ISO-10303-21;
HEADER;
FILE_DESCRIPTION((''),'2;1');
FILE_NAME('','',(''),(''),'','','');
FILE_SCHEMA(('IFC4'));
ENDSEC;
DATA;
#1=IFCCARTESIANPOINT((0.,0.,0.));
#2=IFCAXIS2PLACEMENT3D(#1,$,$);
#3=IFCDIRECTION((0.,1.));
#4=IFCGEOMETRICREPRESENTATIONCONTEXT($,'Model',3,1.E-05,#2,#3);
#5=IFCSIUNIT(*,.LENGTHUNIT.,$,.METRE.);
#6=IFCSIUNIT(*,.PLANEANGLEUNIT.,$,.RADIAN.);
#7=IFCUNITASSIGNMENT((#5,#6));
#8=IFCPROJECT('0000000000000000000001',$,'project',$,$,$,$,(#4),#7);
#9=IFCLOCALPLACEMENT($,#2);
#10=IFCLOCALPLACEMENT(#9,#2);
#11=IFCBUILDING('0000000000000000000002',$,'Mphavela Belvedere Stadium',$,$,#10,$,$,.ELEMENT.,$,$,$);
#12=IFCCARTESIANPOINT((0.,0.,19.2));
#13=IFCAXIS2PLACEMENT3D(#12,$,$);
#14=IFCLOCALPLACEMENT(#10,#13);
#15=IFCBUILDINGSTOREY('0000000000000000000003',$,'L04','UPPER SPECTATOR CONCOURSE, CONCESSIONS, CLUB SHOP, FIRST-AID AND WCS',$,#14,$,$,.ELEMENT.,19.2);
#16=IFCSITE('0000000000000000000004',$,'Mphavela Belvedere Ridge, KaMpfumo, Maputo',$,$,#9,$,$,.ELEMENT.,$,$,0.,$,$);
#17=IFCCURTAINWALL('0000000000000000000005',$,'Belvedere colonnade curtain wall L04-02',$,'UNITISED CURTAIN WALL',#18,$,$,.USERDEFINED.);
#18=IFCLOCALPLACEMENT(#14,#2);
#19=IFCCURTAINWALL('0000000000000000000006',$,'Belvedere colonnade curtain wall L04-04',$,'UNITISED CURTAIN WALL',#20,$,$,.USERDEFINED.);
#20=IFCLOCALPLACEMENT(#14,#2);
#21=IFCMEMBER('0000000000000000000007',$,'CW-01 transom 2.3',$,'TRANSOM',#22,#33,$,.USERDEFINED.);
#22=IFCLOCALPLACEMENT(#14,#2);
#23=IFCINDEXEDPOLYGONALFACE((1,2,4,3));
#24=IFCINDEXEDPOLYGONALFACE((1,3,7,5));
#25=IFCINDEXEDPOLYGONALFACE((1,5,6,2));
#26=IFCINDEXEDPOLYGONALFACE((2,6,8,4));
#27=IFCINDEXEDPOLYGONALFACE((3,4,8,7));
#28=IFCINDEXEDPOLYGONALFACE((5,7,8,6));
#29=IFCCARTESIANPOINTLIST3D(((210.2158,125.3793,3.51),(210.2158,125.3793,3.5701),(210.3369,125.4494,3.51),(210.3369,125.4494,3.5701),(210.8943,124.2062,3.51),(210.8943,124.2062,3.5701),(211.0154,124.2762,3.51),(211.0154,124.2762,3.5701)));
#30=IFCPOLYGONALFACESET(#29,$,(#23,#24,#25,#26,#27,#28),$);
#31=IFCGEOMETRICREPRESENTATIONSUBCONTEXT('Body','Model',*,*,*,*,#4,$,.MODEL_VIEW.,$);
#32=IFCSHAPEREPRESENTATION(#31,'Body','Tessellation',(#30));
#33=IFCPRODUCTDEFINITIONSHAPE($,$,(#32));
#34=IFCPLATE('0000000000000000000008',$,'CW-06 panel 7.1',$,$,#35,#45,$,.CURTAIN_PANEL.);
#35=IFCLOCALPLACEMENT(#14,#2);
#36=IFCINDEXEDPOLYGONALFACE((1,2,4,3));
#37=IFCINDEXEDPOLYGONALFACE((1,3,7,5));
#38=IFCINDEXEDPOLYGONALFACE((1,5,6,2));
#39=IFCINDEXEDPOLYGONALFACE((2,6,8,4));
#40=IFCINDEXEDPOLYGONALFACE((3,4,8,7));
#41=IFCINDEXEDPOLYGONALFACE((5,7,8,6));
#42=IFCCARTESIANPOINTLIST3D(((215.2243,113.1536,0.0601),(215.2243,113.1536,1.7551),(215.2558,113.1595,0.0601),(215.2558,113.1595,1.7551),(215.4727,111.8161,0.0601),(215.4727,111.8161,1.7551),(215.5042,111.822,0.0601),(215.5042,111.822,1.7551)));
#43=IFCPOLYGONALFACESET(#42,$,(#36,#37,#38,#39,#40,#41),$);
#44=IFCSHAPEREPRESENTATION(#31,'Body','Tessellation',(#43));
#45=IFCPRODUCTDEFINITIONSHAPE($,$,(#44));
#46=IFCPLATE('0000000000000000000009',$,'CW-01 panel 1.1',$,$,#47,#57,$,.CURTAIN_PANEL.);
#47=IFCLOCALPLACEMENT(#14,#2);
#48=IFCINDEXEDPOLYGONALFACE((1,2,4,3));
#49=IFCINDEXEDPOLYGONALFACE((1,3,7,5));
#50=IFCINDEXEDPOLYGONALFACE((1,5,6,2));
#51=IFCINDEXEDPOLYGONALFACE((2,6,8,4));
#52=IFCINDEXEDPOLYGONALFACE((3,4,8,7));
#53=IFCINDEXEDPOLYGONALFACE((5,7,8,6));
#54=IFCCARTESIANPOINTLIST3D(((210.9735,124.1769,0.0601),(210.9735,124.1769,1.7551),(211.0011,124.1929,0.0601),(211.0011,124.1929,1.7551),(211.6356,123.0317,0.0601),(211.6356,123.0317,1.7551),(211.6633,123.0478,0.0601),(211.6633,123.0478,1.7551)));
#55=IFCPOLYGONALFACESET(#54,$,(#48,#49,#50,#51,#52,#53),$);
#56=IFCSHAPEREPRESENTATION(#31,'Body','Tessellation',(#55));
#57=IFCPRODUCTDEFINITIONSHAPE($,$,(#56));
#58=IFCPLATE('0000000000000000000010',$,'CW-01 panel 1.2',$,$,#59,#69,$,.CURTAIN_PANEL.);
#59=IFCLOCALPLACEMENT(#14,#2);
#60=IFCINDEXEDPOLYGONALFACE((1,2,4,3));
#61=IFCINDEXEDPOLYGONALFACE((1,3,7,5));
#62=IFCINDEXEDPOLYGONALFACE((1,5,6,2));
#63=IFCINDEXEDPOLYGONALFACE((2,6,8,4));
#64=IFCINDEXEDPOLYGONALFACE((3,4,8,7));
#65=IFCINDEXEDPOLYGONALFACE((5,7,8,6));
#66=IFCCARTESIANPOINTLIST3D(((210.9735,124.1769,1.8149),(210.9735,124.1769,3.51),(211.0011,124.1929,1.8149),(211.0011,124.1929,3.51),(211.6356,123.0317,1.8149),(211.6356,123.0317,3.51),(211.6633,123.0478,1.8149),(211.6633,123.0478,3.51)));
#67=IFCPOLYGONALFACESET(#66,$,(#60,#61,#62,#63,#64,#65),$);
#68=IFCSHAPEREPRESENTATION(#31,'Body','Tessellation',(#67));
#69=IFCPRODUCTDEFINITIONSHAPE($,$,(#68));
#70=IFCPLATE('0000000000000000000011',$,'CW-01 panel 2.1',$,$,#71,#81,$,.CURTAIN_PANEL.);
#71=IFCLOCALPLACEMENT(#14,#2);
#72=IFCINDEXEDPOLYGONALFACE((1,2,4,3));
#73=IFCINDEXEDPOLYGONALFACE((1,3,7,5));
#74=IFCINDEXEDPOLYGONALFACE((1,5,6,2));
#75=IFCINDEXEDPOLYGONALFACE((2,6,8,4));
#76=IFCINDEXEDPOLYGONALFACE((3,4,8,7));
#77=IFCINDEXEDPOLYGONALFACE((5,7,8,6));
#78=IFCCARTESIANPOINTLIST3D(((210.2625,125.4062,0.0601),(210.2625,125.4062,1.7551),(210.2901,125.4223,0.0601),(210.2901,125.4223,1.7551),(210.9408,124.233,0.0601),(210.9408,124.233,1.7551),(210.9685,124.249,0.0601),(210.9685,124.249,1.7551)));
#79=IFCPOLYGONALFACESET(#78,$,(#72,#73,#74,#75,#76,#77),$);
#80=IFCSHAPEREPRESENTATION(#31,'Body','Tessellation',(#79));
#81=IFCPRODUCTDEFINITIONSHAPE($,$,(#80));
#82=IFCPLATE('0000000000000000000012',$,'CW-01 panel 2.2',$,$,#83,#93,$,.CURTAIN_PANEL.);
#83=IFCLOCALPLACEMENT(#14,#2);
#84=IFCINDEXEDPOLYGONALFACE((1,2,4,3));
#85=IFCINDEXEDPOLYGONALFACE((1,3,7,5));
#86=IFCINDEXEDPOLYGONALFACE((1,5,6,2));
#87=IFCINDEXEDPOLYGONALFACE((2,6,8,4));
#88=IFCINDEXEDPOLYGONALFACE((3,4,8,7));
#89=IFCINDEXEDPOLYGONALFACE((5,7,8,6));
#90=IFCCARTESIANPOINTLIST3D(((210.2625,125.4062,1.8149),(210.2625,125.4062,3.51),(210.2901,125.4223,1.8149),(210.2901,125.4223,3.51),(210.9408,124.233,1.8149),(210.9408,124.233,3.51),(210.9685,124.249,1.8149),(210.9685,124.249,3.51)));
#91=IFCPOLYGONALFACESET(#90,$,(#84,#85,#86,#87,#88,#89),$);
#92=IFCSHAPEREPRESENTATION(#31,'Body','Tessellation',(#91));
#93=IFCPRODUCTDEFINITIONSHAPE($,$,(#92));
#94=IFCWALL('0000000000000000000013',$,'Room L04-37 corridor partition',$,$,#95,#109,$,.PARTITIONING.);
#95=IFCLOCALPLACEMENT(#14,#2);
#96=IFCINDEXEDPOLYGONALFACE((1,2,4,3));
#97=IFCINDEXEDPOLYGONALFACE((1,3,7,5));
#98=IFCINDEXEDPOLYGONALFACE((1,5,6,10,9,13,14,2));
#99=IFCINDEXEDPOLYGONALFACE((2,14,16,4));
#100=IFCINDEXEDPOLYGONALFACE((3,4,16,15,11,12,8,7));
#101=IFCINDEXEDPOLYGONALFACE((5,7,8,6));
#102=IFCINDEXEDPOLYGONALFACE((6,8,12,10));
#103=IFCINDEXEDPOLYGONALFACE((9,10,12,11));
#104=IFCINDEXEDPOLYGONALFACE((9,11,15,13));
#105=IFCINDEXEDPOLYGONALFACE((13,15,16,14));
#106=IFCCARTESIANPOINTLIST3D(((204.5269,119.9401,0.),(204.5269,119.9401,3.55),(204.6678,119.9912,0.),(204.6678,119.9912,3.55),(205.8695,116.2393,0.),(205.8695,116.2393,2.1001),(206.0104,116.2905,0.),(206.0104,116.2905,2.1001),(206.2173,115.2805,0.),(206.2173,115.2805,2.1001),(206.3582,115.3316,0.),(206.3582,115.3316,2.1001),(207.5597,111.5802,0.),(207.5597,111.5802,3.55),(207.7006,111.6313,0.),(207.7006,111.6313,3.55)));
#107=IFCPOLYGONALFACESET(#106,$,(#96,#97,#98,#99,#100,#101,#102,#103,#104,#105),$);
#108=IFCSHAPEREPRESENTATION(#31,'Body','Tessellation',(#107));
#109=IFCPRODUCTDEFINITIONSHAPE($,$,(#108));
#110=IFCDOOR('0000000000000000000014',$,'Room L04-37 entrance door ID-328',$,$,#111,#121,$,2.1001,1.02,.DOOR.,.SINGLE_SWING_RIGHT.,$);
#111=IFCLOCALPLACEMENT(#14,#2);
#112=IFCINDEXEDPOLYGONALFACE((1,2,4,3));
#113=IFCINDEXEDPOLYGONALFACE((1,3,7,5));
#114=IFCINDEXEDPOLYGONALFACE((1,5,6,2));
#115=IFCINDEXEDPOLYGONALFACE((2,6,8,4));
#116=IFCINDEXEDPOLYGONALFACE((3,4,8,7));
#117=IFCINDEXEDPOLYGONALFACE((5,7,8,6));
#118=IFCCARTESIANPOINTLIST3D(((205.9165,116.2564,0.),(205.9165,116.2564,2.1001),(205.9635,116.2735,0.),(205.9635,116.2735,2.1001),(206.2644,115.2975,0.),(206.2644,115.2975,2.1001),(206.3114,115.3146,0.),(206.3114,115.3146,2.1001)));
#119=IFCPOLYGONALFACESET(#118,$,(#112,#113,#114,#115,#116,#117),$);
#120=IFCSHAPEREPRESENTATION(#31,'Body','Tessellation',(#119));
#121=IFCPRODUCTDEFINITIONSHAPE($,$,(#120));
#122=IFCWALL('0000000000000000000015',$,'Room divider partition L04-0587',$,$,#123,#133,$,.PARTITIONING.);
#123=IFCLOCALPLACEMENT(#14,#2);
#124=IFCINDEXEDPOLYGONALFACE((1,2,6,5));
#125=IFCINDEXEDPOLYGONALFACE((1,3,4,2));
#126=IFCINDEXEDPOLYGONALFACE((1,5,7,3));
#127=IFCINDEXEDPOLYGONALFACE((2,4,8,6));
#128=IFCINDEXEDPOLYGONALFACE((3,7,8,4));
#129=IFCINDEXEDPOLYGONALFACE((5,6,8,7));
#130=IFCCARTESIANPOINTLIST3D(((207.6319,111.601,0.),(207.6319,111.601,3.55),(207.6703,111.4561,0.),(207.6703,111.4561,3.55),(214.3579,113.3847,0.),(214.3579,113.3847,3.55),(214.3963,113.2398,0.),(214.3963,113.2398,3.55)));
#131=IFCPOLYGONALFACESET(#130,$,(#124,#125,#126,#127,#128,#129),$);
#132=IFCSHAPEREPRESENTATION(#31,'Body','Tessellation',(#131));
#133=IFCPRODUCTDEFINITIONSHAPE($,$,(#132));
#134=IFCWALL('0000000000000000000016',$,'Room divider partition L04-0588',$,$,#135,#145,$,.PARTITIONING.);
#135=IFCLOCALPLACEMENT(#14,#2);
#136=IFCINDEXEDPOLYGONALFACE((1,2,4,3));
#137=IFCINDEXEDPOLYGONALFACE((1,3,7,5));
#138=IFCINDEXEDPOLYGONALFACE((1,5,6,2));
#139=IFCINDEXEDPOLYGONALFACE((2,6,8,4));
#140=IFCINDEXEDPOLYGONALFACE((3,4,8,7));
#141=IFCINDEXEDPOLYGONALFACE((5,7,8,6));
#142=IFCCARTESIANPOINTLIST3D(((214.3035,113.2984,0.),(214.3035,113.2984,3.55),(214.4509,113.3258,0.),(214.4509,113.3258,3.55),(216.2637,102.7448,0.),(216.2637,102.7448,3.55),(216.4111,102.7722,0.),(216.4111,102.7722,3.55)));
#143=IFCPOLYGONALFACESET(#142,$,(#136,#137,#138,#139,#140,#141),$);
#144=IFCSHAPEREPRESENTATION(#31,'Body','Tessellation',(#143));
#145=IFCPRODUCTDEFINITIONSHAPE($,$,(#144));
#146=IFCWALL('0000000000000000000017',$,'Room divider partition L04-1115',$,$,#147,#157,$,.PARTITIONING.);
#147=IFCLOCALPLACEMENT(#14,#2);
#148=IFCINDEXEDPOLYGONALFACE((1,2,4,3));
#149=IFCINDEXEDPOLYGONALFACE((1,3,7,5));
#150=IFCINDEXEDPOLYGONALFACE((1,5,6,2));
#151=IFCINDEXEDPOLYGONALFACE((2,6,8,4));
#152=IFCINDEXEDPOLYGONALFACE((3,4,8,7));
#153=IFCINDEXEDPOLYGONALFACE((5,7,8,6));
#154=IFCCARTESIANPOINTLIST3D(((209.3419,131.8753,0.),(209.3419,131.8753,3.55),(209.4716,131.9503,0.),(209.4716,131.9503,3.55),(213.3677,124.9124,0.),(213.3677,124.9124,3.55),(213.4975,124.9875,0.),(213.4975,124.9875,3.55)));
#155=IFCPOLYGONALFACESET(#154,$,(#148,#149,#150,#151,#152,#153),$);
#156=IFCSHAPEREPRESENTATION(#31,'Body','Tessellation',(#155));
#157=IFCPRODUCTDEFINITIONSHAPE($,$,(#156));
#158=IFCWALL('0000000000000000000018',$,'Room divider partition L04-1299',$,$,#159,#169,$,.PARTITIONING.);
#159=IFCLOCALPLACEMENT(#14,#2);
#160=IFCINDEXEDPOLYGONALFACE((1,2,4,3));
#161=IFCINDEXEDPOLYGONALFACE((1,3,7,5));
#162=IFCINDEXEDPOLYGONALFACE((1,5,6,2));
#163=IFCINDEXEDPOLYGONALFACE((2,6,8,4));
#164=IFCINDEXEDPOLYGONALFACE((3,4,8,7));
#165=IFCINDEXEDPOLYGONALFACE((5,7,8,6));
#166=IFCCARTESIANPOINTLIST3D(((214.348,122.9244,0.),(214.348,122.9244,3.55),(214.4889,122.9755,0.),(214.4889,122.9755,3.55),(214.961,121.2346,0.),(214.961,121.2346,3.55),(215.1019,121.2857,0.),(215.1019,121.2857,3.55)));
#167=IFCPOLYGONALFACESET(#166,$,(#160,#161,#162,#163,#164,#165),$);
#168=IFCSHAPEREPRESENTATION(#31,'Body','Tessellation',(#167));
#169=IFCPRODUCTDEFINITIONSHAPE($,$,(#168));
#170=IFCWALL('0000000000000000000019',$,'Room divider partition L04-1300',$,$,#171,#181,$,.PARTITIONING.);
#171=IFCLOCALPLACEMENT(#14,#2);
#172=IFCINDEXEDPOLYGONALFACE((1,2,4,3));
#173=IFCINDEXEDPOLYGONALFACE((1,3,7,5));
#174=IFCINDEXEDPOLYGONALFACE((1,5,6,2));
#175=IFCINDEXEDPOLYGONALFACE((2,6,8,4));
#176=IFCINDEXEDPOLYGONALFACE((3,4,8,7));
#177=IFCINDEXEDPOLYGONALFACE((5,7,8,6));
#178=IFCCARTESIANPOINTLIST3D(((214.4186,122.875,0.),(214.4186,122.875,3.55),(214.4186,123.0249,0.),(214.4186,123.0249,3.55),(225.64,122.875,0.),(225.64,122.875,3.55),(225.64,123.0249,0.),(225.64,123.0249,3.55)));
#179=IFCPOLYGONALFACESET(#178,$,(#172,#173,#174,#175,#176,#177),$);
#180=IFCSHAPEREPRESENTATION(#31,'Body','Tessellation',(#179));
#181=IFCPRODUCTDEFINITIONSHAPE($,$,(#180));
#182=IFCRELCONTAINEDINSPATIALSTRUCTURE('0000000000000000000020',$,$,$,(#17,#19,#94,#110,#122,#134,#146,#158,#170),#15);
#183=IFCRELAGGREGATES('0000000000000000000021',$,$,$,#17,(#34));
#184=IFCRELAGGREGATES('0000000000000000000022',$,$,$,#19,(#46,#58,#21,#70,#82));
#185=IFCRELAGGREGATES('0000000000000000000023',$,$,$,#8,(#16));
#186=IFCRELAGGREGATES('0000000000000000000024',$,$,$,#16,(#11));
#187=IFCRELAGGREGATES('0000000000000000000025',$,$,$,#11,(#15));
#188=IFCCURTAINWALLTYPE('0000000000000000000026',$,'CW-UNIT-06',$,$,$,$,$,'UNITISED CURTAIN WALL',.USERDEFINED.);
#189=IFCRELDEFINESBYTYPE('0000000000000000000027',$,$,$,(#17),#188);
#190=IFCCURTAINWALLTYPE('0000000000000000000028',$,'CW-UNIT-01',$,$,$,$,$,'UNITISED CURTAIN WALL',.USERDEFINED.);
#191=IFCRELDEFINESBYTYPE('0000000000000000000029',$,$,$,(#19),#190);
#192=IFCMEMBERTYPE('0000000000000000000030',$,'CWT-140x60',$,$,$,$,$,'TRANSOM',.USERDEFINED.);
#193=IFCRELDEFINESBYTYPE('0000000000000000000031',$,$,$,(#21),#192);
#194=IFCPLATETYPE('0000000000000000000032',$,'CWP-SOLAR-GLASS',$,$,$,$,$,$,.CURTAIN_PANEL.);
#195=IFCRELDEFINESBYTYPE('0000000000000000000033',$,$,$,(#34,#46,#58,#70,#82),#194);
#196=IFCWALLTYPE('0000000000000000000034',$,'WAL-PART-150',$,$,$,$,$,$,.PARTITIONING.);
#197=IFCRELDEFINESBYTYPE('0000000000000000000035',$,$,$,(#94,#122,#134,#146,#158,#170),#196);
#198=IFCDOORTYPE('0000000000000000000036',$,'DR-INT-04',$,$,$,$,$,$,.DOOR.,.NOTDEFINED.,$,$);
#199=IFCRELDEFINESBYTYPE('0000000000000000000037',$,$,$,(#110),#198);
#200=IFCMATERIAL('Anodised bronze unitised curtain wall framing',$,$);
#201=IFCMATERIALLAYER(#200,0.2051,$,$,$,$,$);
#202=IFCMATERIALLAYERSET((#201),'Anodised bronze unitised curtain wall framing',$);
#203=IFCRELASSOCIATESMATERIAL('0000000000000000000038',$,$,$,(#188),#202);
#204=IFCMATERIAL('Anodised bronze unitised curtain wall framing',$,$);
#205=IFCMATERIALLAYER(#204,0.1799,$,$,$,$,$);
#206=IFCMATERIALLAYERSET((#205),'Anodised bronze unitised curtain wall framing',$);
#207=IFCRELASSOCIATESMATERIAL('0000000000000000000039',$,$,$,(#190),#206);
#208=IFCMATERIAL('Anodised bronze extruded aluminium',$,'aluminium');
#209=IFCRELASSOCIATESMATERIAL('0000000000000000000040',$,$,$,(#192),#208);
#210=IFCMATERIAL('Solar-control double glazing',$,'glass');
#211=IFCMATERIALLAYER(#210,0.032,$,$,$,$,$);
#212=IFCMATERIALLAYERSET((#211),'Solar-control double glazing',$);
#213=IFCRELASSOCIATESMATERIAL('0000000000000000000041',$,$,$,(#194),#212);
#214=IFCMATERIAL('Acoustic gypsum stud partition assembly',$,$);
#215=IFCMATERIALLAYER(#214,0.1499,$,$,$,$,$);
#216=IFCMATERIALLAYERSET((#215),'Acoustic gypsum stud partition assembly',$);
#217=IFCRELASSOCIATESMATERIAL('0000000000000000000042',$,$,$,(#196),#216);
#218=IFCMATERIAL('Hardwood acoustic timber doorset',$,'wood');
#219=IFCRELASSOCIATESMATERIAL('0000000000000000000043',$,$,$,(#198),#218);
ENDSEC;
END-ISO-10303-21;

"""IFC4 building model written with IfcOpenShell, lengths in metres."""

from ifc_helpers import new_model, si_unit, direction, frame, frame_2d, origin, origin_2d, place, context, subcontext, project, spatial, rectangle, extrude, material, layer, layer_set, material_profile, profile_set, type_object, element, fill, aggregate, save


model = new_model("IFC4")

# Units and contexts
model_context = context("Model", 3, precision=1e-05, world=origin(), true_north=direction((0.0, 1.0)))
body_context = subcontext(model_context, "Body", "Model", "MODEL_VIEW")
ifc_project = project(units=[si_unit("LENGTHUNIT", "METRE"), si_unit("PLANEANGLEUNIT", "RADIAN")], contexts=[model_context])

# Site, building, storey
site_placement = place(None, origin())
site = spatial("IfcSite", under=ifc_project, at=site_placement, Name="Mphavela Belvedere Ridge, KaMpfumo, Maputo", CompositionType="ELEMENT", RefElevation=0.0)
building_placement = place(site_placement, origin())
building = spatial("IfcBuilding", under=site, at=building_placement, Name="Mphavela Belvedere Stadium", CompositionType="ELEMENT")
storey_placement = place(building_placement, frame((0.0, 0.0, 19.2)))
storey = spatial("IfcBuildingStorey", under=building, at=storey_placement, Name="L04", Description="UPPER SPECTATOR CONCOURSE, CONCESSIONS, CLUB SHOP, FIRST-AID AND WCS", CompositionType="ELEMENT", Elevation=19.2)

# Curtain wall
ifc_material_1 = material(Name="Anodised bronze unitised curtain wall framing")
ifc_layer_1 = layer(ifc_material_1, 0.2051)
ifc_layer_set_1 = layer_set([ifc_layer_1], Name="Anodised bronze unitised curtain wall framing")
curtain_wall_type_1 = type_object("IfcCurtainWallType", Name="CW-UNIT-06", ElementType="UNITISED CURTAIN WALL", PredefinedType="USERDEFINED", material=ifc_layer_set_1)
curtain_wall_1_placement = place(storey_placement, origin())
curtain_wall_1 = element("IfcCurtainWall", 1, at=curtain_wall_1_placement, inside=storey, type_object=curtain_wall_type_1, Name="Belvedere colonnade curtain wall L04-02", ObjectType="UNITISED CURTAIN WALL", PredefinedType="USERDEFINED")

# Curtain wall, member
ifc_material_2 = material(Name="Anodised bronze unitised curtain wall framing")
ifc_layer_2 = layer(ifc_material_2, 0.1799)
ifc_layer_set_2 = layer_set([ifc_layer_2], Name="Anodised bronze unitised curtain wall framing")
curtain_wall_type_2 = type_object("IfcCurtainWallType", Name="CW-UNIT-01", ElementType="UNITISED CURTAIN WALL", PredefinedType="USERDEFINED", material=ifc_layer_set_2)
curtain_wall_2_placement = place(storey_placement, origin())
curtain_wall_2 = element("IfcCurtainWall", 2, at=curtain_wall_2_placement, inside=storey, type_object=curtain_wall_type_2, Name="Belvedere colonnade curtain wall L04-04", ObjectType="UNITISED CURTAIN WALL", PredefinedType="USERDEFINED")
ifc_material_3 = material(Name="Anodised bronze extruded aluminium", Category="aluminium")
ifc_material_profile_1 = material_profile(ifc_material_3, rectangle(XDim=0.1399, YDim=0.0601, at=origin_2d()), Name="CW-TRN 140x60")
ifc_profile_set_1 = profile_set([ifc_material_profile_1], Name="Anodised bronze extruded aluminium")
member_type_1 = type_object("IfcMemberType", Name="CWT-140x60", ElementType="TRANSOM", PredefinedType="USERDEFINED", material=ifc_profile_set_1)
member_1_placement = place(storey_placement, frame((210.9548, 124.2412, 3.54), z_axis=(-0.500653, 0.865648, 0.0), x_axis=(-0.865648, -0.500653, 0.0)))
member_1 = element("IfcMember", 3, at=member_1_placement, type_object=member_type_1, Name="CW-01 transom 2.3", ObjectType="TRANSOM", PredefinedType="USERDEFINED", context=body_context, shape_type="SweptSolid", body=[
    extrude(rectangle(XDim=0.1399, YDim=0.0601, at=origin_2d()), origin(), (0.0, 0.0, 1.0), 1.3552),
])

# Plates
ifc_material_4 = material(Name="Solar-control double glazing", Category="glass")
ifc_layer_3 = layer(ifc_material_4, 0.032)
ifc_layer_set_3 = layer_set([ifc_layer_3], Name="Solar-control double glazing")
plate_type = type_object("IfcPlateType", Name="CWP-SOLAR-GLASS", PredefinedType="CURTAIN_PANEL", material=ifc_layer_set_3)
plate_1_placement = place(storey_placement, frame((215.3643, 112.4878, 0.0601), z_axis=(0.0, 0.0, 1.0), x_axis=(-0.182618, 0.983184, 0.0)))
plate_1 = element("IfcPlate", 4, at=plate_1_placement, type_object=plate_type, Name="CW-06 panel 7.1", PredefinedType="CURTAIN_PANEL", context=body_context, shape_type="SweptSolid", body=[
    extrude(rectangle(XDim=1.3604, YDim=0.032, at=origin_2d()), origin(), (0.0, 0.0, 1.0), 1.6951),
])
aggregate(curtain_wall_1, [plate_1])
plate_2_placement = place(storey_placement, frame((211.3184, 123.6123, 0.0601), z_axis=(0.0, 0.0, 1.0), x_axis=(-0.500556, 0.865704, 0.0)))
plate_2 = element("IfcPlate", 5, at=plate_2_placement, type_object=plate_type, Name="CW-01 panel 1.1", PredefinedType="CURTAIN_PANEL", context=body_context, shape_type="SweptSolid", body=[
    extrude(rectangle(XDim=1.3228, YDim=0.032, at=origin_2d()), origin(), (0.0, 0.0, 1.0), 1.6951),
])
plate_3_placement = place(storey_placement, frame((211.3184, 123.6123, 1.8149), z_axis=(0.0, 0.0, 1.0), x_axis=(-0.500556, 0.865704, 0.0)))
plate_3 = element("IfcPlate", 6, at=plate_3_placement, type_object=plate_type, Name="CW-01 panel 1.2", PredefinedType="CURTAIN_PANEL", context=body_context, shape_type="SweptSolid", body=[
    extrude(rectangle(XDim=1.3228, YDim=0.032, at=origin_2d()), origin(), (0.0, 0.0, 1.0), 1.6951),
])
plate_4_placement = place(storey_placement, frame((210.6155, 124.8276, 0.0601), z_axis=(0.0, 0.0, 1.0), x_axis=(-0.500556, 0.865704, 0.0)))
plate_4 = element("IfcPlate", 7, at=plate_4_placement, type_object=plate_type, Name="CW-01 panel 2.1", PredefinedType="CURTAIN_PANEL", context=body_context, shape_type="SweptSolid", body=[
    extrude(rectangle(XDim=1.3552, YDim=0.032, at=origin_2d()), origin(), (0.0, 0.0, 1.0), 1.6951),
])
plate_5_placement = place(storey_placement, frame((210.6155, 124.8276, 1.8149), z_axis=(0.0, 0.0, 1.0), x_axis=(-0.500556, 0.865704, 0.0)))
plate_5 = element("IfcPlate", 8, at=plate_5_placement, type_object=plate_type, Name="CW-01 panel 2.2", PredefinedType="CURTAIN_PANEL", context=body_context, shape_type="SweptSolid", body=[
    extrude(rectangle(XDim=1.3552, YDim=0.032, at=origin_2d()), origin(), (0.0, 0.0, 1.0), 1.6951),
])
aggregate(curtain_wall_2, [plate_2, plate_3, member_1, plate_4, plate_5])

# Wall, opening, door
ifc_material_5 = material(Name="Acoustic gypsum stud partition assembly")
ifc_layer_4 = layer(ifc_material_5, 0.1499)
ifc_layer_set_4 = layer_set([ifc_layer_4], Name="Acoustic gypsum stud partition assembly")
wall_type_1 = type_object("IfcWallType", Name="WAL-PART-150", PredefinedType="PARTITIONING", material=ifc_layer_set_4)
wall_1_placement = place(storey_placement, frame((207.6301, 111.6057, 0.0), z_axis=(0.0, 0.0, 1.0), x_axis=(-0.341024, 0.940054, 0.0)))
wall_1 = element("IfcWall", 9, at=wall_1_placement, inside=storey, type_object=wall_type_1, Name="Room L04-37 corridor partition", PredefinedType="PARTITIONING", context=body_context, shape_type="SweptSolid", body=[
    extrude(rectangle(XDim=8.8931, YDim=0.1499, at=frame_2d((4.4465, 0.0))), origin(), (0.0, 0.0, 1.0), 3.55),
])
opening_1_placement = place(wall_1_placement, frame((3.9363, 0.0, 0.0)))
opening_1 = element("IfcOpeningElement", 10, at=opening_1_placement, cuts=wall_1, PredefinedType="OPENING", context=body_context, shape_type="SweptSolid", body=[
    extrude(rectangle(XDim=1.02, YDim=2.1001, at=frame_2d((0.51, 1.05))), frame((0.0, 0.085, 0.0), z_axis=(0.0, -1.0, 0.0), x_axis=(1.0, 0.0, 0.0)), (0.0, 0.0, 1.0), 0.1699),
])
ifc_material_6 = material(Name="Hardwood acoustic timber doorset", Category="wood")
door_type_1 = type_object("IfcDoorType", Name="DR-INT-04", OperationType="NOTDEFINED", PredefinedType="DOOR", material=ifc_material_6)
door_1_placement = place(opening_1_placement, origin())
door_1 = element("IfcDoor", 11, at=door_1_placement, inside=storey, type_object=door_type_1, Name="Room L04-37 entrance door ID-328", OperationType="SINGLE_SWING_RIGHT", OverallHeight=2.1001, OverallWidth=1.02, PredefinedType="DOOR", context=body_context, shape_type="SweptSolid", body=[
    extrude(rectangle(XDim=1.02, YDim=2.1001, at=frame_2d((0.51, 1.05))), frame((0.0, 0.0249, 0.0), z_axis=(0.0, -1.0, 0.0), x_axis=(1.0, 0.0, 0.0)), (0.0, 0.0, 1.0), 0.05),
])
fill(opening_1, door_1)

# Walls
wall_2_placement = place(storey_placement, frame((207.6511, 111.5286, 0.0), z_axis=(0.0, 0.0, 1.0), x_axis=(0.966589, 0.25633, 0.0)))
element("IfcWall", 12, at=wall_2_placement, inside=storey, type_object=wall_type_1, Name="Room divider partition L04-0587", PredefinedType="PARTITIONING", context=body_context, shape_type="SweptSolid", body=[
    extrude(rectangle(XDim=6.9585, YDim=0.1499, at=frame_2d((3.4792, 0.0))), origin(), (0.0, 0.0, 1.0), 3.55),
])
wall_3_placement = place(storey_placement, frame((214.3772, 113.3123, 0.0), z_axis=(0.0, 0.0, 1.0), x_axis=(0.182613, -0.983185, 0.0)))
element("IfcWall", 13, at=wall_3_placement, inside=storey, type_object=wall_type_1, Name="Room divider partition L04-0588", PredefinedType="PARTITIONING", context=body_context, shape_type="SweptSolid", body=[
    extrude(rectangle(XDim=10.7341, YDim=0.1499, at=frame_2d((5.3672, 0.0))), origin(), (0.0, 0.0, 1.0), 3.55),
])
wall_4_placement = place(storey_placement, frame((213.4326, 124.95, 0.0), z_axis=(0.0, 0.0, 1.0), x_axis=(-0.500546, 0.86571, 0.0)))
element("IfcWall", 14, at=wall_4_placement, inside=storey, type_object=wall_type_1, Name="Room divider partition L04-1115", PredefinedType="PARTITIONING", context=body_context, shape_type="SweptSolid", body=[
    extrude(rectangle(XDim=8.043, YDim=0.1499, at=frame_2d((4.0215, 0.0))), origin(), (0.0, 0.0, 1.0), 3.55),
])
wall_5_placement = place(storey_placement, frame((215.0315, 121.26, 0.0), z_axis=(0.0, 0.0, 1.0), x_axis=(-0.341012, 0.940059, 0.0)))
element("IfcWall", 15, at=wall_5_placement, inside=storey, type_object=wall_type_1, Name="Room divider partition L04-1299", PredefinedType="PARTITIONING", context=body_context, shape_type="SweptSolid", body=[
    extrude(rectangle(XDim=1.7976, YDim=0.1499, at=frame_2d((0.8989, 0.0))), origin(), (0.0, 0.0, 1.0), 3.55),
])
wall_6_placement = place(storey_placement, frame((214.4185, 122.95, 0.0), z_axis=(0.0, 0.0, 1.0), x_axis=(1.0, 0.0, 0.0)))
element("IfcWall", 16, at=wall_6_placement, inside=storey, type_object=wall_type_1, Name="Room divider partition L04-1300", PredefinedType="PARTITIONING", context=body_context, shape_type="SweptSolid", body=[
    extrude(rectangle(XDim=11.2214, YDim=0.1499, at=frame_2d((5.6108, 0.0))), origin(), (0.0, 0.0, 1.0), 3.55),
])

save(model, "model.ifc")
